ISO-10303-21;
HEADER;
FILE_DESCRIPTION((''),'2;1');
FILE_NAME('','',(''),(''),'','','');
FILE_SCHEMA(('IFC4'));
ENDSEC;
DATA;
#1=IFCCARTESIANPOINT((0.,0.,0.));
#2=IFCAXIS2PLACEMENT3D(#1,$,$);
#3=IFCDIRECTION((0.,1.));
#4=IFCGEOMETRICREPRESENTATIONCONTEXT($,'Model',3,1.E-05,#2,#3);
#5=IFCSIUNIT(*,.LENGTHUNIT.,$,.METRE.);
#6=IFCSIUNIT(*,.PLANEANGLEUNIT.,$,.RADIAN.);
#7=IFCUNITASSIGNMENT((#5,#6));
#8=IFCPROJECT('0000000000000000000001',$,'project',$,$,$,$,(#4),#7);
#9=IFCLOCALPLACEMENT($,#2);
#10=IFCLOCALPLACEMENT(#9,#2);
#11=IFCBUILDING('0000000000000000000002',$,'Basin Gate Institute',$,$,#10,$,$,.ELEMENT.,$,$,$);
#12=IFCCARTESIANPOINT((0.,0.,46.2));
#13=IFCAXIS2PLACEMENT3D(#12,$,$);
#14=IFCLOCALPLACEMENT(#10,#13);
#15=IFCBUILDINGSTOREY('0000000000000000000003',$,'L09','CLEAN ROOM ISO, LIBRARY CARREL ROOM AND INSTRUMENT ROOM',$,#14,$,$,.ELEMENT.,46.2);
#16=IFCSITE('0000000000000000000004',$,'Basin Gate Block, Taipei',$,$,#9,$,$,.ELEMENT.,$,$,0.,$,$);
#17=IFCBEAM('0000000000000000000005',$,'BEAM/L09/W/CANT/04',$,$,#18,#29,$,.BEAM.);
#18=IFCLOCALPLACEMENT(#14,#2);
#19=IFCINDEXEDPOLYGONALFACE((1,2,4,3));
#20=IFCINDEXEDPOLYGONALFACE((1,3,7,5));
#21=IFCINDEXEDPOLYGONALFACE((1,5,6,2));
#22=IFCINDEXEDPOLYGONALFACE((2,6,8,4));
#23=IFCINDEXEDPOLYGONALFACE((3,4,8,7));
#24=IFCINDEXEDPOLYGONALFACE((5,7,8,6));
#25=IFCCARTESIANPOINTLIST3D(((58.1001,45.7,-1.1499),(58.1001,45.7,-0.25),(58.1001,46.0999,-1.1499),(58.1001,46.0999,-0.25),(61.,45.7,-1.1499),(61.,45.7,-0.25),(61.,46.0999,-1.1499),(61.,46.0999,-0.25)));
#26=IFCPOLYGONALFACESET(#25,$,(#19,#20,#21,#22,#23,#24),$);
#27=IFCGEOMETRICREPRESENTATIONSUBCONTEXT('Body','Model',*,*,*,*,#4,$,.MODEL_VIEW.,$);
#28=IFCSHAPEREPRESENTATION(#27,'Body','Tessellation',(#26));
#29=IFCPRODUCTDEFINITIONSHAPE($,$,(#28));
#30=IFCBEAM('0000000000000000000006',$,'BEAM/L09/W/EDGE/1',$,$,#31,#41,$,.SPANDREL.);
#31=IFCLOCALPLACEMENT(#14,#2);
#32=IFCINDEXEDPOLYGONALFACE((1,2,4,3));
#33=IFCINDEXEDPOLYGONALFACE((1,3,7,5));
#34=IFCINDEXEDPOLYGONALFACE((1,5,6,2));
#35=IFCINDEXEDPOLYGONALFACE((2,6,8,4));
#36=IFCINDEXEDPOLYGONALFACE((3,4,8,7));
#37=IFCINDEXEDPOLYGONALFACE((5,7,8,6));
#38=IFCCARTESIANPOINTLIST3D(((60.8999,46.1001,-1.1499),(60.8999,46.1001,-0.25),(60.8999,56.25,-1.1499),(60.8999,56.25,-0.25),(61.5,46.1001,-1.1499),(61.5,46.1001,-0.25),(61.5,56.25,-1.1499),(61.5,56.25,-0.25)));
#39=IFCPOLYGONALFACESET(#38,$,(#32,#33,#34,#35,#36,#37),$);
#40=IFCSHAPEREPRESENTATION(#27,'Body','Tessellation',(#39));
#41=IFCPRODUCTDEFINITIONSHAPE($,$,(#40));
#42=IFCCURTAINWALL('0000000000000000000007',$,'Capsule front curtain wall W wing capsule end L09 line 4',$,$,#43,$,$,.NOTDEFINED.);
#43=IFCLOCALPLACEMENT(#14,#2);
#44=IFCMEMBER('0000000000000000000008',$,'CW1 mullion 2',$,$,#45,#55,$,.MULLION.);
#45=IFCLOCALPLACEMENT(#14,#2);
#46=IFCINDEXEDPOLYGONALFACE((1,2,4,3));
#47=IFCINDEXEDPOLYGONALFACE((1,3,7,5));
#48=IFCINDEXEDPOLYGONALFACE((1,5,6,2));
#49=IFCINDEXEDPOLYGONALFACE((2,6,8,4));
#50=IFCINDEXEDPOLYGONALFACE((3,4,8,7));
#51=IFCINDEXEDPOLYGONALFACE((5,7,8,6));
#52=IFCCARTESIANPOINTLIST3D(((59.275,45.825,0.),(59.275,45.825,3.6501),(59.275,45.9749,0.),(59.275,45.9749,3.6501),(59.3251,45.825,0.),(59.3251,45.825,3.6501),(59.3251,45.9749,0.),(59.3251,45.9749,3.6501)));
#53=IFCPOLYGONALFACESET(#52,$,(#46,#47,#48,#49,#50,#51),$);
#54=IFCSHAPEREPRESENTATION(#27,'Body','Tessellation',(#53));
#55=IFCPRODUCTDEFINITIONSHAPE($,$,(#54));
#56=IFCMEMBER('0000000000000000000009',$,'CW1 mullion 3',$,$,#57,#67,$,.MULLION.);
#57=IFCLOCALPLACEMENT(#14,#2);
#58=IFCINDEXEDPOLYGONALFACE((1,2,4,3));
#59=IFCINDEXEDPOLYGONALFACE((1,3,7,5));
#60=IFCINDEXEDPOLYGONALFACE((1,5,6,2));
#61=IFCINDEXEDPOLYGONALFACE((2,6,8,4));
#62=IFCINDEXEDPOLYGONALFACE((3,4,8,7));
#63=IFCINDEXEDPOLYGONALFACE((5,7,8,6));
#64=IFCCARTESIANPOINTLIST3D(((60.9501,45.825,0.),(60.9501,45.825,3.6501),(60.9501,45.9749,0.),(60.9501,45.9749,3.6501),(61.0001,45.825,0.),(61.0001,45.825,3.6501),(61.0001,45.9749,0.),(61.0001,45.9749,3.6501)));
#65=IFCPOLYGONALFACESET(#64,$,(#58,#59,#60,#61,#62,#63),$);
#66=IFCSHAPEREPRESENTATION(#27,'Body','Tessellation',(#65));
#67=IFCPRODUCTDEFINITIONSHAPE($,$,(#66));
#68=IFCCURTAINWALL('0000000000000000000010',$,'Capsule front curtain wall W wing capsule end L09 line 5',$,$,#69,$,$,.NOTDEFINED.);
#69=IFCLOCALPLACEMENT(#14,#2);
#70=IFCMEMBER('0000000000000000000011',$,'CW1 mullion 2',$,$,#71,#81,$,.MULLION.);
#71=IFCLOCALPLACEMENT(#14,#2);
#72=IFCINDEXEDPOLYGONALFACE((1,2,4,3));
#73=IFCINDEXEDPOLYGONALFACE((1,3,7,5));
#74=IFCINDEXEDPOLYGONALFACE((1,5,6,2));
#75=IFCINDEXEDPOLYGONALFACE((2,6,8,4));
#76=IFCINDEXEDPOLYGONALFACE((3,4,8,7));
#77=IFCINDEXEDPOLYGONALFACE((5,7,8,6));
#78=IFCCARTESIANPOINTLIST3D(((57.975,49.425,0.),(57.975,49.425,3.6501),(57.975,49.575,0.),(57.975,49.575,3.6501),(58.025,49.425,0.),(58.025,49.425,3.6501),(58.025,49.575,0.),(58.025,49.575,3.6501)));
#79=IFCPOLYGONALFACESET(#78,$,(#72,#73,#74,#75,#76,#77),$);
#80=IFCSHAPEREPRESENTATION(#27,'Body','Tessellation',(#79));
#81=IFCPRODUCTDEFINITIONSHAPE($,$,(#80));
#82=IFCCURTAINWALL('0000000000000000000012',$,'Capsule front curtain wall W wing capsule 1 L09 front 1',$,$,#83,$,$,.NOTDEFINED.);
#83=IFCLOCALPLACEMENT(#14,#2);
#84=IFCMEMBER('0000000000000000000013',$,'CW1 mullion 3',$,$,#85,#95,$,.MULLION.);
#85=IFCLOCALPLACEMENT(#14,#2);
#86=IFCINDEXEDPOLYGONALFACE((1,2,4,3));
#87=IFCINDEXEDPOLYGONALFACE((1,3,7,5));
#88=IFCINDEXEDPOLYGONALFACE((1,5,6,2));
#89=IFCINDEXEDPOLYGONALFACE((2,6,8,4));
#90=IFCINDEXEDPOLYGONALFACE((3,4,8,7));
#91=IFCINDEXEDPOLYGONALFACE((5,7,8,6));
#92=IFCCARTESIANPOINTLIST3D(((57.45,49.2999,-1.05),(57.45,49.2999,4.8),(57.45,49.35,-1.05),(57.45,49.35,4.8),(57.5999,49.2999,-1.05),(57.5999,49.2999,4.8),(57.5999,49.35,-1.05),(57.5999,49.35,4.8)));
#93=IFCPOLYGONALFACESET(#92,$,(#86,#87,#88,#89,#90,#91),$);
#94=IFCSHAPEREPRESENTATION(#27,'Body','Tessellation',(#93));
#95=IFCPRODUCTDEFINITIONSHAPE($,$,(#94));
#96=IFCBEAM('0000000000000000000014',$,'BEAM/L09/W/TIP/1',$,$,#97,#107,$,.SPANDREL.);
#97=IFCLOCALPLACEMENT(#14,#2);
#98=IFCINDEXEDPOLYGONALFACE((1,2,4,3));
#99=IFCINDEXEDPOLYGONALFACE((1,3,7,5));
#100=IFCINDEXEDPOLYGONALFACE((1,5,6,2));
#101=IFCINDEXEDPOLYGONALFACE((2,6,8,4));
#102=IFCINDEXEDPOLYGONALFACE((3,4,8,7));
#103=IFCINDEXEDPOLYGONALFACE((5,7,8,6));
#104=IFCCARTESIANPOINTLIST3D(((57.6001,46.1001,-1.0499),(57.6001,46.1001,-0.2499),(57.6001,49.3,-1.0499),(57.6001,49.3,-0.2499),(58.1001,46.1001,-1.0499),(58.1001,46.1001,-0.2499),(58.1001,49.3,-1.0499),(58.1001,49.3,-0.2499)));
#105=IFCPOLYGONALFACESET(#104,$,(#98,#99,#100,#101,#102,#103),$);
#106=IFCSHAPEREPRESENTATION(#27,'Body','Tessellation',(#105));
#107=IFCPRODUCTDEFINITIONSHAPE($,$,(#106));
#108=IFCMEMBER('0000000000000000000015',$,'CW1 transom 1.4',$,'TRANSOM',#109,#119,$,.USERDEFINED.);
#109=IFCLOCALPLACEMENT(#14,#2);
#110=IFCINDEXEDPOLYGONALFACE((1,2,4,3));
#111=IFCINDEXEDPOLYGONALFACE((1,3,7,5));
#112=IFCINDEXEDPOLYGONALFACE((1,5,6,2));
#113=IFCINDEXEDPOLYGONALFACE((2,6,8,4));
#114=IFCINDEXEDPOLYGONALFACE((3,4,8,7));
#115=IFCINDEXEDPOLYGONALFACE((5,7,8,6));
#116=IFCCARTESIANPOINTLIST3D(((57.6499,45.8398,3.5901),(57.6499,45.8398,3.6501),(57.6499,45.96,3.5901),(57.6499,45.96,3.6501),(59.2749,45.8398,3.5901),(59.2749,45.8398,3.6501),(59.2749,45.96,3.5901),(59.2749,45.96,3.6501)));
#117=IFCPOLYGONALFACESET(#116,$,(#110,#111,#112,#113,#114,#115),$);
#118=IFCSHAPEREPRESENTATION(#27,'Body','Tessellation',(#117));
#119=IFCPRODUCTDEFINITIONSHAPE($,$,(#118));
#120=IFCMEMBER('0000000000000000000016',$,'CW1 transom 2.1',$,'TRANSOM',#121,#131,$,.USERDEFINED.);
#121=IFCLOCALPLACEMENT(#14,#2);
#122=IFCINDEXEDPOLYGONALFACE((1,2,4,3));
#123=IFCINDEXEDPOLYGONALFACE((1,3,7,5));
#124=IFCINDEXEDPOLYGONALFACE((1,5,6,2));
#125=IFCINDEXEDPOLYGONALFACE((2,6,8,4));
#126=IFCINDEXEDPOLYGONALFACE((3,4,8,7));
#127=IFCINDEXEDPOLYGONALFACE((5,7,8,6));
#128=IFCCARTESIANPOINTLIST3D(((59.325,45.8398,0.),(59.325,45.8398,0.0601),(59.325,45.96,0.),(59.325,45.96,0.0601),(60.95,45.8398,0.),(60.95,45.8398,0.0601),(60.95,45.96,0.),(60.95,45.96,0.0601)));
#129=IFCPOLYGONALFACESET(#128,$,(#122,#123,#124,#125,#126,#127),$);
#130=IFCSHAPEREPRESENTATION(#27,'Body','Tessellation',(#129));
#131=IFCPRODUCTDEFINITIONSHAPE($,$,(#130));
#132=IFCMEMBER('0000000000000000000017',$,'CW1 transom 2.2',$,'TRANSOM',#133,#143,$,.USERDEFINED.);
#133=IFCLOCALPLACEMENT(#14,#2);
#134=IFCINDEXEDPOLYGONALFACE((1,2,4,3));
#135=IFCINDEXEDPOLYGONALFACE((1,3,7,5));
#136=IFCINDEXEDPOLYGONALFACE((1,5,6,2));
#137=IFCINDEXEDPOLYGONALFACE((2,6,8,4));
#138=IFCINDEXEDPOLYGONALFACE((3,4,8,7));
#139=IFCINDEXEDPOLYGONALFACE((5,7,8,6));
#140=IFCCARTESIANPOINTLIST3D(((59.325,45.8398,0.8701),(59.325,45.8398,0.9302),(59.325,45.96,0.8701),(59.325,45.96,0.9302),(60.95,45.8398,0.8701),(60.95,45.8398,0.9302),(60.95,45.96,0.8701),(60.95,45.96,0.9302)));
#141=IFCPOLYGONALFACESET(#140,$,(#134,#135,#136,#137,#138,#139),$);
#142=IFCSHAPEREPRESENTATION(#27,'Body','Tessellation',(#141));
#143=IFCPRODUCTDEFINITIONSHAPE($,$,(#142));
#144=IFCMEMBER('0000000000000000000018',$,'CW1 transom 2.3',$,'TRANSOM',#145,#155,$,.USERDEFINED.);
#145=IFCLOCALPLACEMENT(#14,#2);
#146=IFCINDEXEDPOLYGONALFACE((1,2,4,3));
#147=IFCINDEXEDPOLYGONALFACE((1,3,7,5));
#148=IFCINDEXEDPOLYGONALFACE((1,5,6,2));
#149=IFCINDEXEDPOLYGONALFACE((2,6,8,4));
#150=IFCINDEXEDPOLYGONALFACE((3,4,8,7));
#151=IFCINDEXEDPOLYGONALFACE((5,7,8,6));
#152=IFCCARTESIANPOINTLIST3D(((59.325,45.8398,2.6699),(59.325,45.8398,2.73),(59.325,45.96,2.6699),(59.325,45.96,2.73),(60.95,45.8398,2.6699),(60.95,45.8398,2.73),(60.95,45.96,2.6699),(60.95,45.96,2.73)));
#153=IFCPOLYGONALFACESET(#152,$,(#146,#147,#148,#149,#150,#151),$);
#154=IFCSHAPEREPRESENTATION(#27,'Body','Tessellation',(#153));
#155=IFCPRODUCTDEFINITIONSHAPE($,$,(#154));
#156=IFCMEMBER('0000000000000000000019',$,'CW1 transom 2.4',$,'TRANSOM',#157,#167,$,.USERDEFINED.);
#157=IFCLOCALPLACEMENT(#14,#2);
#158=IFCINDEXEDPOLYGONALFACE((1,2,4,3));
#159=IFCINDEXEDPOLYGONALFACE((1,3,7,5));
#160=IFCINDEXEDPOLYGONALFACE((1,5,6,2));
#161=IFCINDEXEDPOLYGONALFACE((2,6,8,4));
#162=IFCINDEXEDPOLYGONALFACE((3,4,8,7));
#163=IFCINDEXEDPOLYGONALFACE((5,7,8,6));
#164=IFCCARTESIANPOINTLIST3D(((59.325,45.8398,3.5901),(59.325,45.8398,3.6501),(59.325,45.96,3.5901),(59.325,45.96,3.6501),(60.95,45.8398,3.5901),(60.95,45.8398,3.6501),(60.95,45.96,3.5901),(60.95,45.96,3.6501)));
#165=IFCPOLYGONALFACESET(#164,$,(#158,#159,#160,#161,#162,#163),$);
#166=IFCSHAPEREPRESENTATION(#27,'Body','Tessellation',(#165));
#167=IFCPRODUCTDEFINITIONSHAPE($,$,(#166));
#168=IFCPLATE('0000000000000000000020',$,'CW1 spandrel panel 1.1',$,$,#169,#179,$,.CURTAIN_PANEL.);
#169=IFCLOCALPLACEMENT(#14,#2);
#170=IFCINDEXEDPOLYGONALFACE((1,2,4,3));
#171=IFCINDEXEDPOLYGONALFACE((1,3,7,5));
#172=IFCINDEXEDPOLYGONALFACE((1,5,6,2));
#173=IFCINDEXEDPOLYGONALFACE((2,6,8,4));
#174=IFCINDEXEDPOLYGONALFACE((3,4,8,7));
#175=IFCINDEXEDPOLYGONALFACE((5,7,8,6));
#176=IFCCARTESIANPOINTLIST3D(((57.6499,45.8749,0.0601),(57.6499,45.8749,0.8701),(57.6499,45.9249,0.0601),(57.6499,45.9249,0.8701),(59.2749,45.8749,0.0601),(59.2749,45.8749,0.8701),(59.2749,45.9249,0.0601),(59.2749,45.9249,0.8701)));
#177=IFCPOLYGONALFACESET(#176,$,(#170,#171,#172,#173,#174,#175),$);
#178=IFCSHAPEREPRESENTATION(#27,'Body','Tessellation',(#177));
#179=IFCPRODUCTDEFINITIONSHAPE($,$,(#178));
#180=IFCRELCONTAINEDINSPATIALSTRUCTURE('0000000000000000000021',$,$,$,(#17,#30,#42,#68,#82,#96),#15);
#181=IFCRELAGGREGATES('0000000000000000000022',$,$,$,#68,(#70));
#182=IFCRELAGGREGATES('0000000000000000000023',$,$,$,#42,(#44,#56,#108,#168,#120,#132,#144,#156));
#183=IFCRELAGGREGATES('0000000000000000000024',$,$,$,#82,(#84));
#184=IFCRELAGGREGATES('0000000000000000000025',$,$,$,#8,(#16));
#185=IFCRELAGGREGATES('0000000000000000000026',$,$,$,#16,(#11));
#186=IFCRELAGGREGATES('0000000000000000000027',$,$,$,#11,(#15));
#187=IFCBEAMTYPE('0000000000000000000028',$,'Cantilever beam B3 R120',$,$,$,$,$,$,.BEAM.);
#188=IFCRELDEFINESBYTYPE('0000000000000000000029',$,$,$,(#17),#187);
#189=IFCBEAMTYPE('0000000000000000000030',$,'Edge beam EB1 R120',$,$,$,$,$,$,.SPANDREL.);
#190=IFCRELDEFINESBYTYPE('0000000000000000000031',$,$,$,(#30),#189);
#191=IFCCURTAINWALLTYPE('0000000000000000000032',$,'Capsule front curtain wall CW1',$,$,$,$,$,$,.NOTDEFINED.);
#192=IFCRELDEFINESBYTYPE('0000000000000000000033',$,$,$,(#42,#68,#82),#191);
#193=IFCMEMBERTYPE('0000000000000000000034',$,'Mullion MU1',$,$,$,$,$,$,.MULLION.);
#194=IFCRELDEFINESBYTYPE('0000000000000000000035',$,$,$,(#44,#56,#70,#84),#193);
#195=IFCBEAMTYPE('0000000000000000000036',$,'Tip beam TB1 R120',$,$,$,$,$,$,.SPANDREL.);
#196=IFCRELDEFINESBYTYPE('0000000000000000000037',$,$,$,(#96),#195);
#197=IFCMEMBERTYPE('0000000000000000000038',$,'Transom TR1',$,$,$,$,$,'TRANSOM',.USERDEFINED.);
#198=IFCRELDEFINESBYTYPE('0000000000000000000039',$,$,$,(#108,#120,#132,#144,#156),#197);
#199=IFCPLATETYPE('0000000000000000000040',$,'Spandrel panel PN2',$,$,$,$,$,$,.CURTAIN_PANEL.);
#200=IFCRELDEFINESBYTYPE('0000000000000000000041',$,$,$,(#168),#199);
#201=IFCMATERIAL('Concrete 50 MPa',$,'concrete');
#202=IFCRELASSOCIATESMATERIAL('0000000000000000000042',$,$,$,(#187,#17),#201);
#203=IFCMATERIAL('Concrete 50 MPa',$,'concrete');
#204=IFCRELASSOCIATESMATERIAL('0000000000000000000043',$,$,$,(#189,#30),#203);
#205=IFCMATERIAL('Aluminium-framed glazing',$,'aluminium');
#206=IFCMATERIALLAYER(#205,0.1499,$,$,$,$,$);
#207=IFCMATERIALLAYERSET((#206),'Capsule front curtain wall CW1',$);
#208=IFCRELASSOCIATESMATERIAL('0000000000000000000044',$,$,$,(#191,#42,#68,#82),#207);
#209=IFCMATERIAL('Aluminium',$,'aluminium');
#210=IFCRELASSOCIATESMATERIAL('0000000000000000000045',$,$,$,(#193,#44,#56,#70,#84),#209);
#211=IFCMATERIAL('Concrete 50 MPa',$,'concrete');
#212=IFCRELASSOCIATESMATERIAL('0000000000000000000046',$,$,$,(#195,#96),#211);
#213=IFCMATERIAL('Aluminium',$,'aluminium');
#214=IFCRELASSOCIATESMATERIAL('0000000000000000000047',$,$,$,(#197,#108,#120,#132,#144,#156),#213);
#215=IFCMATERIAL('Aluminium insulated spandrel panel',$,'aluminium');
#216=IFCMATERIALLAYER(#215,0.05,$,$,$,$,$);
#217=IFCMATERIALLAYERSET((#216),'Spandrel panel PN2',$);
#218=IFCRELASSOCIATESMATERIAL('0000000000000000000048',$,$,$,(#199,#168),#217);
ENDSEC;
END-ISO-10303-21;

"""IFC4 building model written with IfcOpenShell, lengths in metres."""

from ifc_helpers import new_model, si_unit, direction, frame, origin, origin_2d, place, context, subcontext, project, spatial, rectangle, extrude, material, layer, layer_set, material_profile, profile_set, type_object, element, aggregate, save


model = new_model("IFC4")

# Units and contexts
model_context = context("Model", 3, precision=1e-05, world=origin(), true_north=direction((0.0, 1.0)))
body_context = subcontext(model_context, "Body", "Model", "MODEL_VIEW")
ifc_project = project(units=[si_unit("LENGTHUNIT", "METRE"), si_unit("PLANEANGLEUNIT", "RADIAN")], contexts=[model_context])

# Site, building, storey
site_placement = place(None, origin())
site = spatial("IfcSite", under=ifc_project, at=site_placement, Name="Basin Gate Block, Taipei", CompositionType="ELEMENT", RefElevation=0.0)
building_placement = place(site_placement, origin())
building = spatial("IfcBuilding", under=site, at=building_placement, Name="Basin Gate Institute", CompositionType="ELEMENT")
storey_placement = place(building_placement, frame((0.0, 0.0, 46.2)))
storey = spatial("IfcBuildingStorey", under=building, at=storey_placement, Name="L09", Description="CLEAN ROOM ISO, LIBRARY CARREL ROOM AND INSTRUMENT ROOM", CompositionType="ELEMENT", Elevation=46.2)

# Beams
ifc_material_1 = material(Name="Concrete 50 MPa", Category="concrete")
ifc_material_profile_1 = material_profile(ifc_material_1, rectangle(XDim=0.3999, YDim=0.8999, at=origin_2d()), Name="Cantilever beam B3 400 x 900")
ifc_profile_set_1 = profile_set([ifc_material_profile_1], Name="Concrete 50 MPa")
beam_type_1 = type_object("IfcBeamType", Name="Cantilever beam B3 R120", PredefinedType="BEAM", material=ifc_profile_set_1)
beam_1_placement = place(storey_placement, frame((58.1001, 45.8999, -0.7), z_axis=(1.0, 0.0, 0.0), x_axis=(0.0, 1.0, 0.0)))
element("IfcBeam", 1, at=beam_1_placement, inside=storey, type_object=beam_type_1, material=ifc_profile_set_1, Name="BEAM/L09/W/CANT/04", PredefinedType="BEAM", context=body_context, shape_type="SweptSolid", body=[
    extrude(rectangle(XDim=0.3999, YDim=0.8999, at=origin_2d()), origin(), (0.0, 0.0, 1.0), 2.8999),
])
ifc_material_2 = material(Name="Concrete 50 MPa", Category="concrete")
ifc_material_profile_2 = material_profile(ifc_material_2, rectangle(XDim=0.6001, YDim=0.8999, at=origin_2d()), Name="Edge beam EB1 600 x 900")
ifc_profile_set_2 = profile_set([ifc_material_profile_2], Name="Concrete 50 MPa")
beam_type_2 = type_object("IfcBeamType", Name="Edge beam EB1 R120", PredefinedType="SPANDREL", material=ifc_profile_set_2)
beam_2_placement = place(storey_placement, frame((61.2, 46.1001, -0.7), z_axis=(0.0, 1.0, 0.0), x_axis=(-1.0, 0.0, 0.0)))
element("IfcBeam", 2, at=beam_2_placement, inside=storey, type_object=beam_type_2, material=ifc_profile_set_2, Name="BEAM/L09/W/EDGE/1", PredefinedType="SPANDREL", context=body_context, shape_type="SweptSolid", body=[
    extrude(rectangle(XDim=0.6001, YDim=0.8999, at=origin_2d()), origin(), (0.0, 0.0, 1.0), 10.1499),
])

# Curtain wall, members
ifc_material_3 = material(Name="Aluminium-framed glazing", Category="aluminium")
ifc_layer_1 = layer(ifc_material_3, 0.1499)
ifc_layer_set_1 = layer_set([ifc_layer_1], Name="Capsule front curtain wall CW1")
curtain_wall_type = type_object("IfcCurtainWallType", Name="Capsule front curtain wall CW1", PredefinedType="NOTDEFINED", material=ifc_layer_set_1)
curtain_wall_1_placement = place(storey_placement, origin())
curtain_wall_1 = element("IfcCurtainWall", 3, at=curtain_wall_1_placement, inside=storey, type_object=curtain_wall_type, material=ifc_layer_set_1, Name="Capsule front curtain wall W wing capsule end L09 line 4", PredefinedType="NOTDEFINED")
ifc_material_4 = material(Name="Aluminium", Category="aluminium")
ifc_material_profile_3 = material_profile(ifc_material_4, rectangle(XDim=0.1499, YDim=0.05, at=origin_2d()), Name="Mullion MU1 150 x 50")
ifc_profile_set_3 = profile_set([ifc_material_profile_3], Name="Aluminium")
member_type_1 = type_object("IfcMemberType", Name="Mullion MU1", PredefinedType="MULLION", material=ifc_profile_set_3)
member_1_placement = place(storey_placement, frame((59.3, 45.8999, 0.0), z_axis=(0.0, 0.0, 1.0), x_axis=(0.0, 1.0, 0.0)))
member_1 = element("IfcMember", 4, at=member_1_placement, type_object=member_type_1, material=ifc_profile_set_3, Name="CW1 mullion 2", PredefinedType="MULLION", context=body_context, shape_type="SweptSolid", body=[
    extrude(rectangle(XDim=0.1499, YDim=0.05, at=origin_2d()), origin(), (0.0, 0.0, 1.0), 3.6501),
])
member_2_placement = place(storey_placement, frame((60.9751, 45.8999, 0.0), z_axis=(0.0, 0.0, 1.0), x_axis=(0.0, 1.0, 0.0)))
member_2 = element("IfcMember", 5, at=member_2_placement, type_object=member_type_1, material=ifc_profile_set_3, Name="CW1 mullion 3", PredefinedType="MULLION", context=body_context, shape_type="SweptSolid", body=[
    extrude(rectangle(XDim=0.1499, YDim=0.05, at=origin_2d()), origin(), (0.0, 0.0, 1.0), 3.6501),
])

# Curtain walls, members
curtain_wall_2_placement = place(storey_placement, origin())
curtain_wall_2 = element("IfcCurtainWall", 6, at=curtain_wall_2_placement, inside=storey, type_object=curtain_wall_type, material=ifc_layer_set_1, Name="Capsule front curtain wall W wing capsule end L09 line 5", PredefinedType="NOTDEFINED")
member_3_placement = place(storey_placement, frame((58.0, 49.5, 0.0), z_axis=(0.0, 0.0, 1.0), x_axis=(0.0, 1.0, 0.0)))
member_3 = element("IfcMember", 7, at=member_3_placement, type_object=member_type_1, material=ifc_profile_set_3, Name="CW1 mullion 2", PredefinedType="MULLION", context=body_context, shape_type="SweptSolid", body=[
    extrude(rectangle(XDim=0.1499, YDim=0.05, at=origin_2d()), origin(), (0.0, 0.0, 1.0), 3.6501),
])
aggregate(curtain_wall_2, [member_3])
curtain_wall_3_placement = place(storey_placement, origin())
curtain_wall_3 = element("IfcCurtainWall", 8, at=curtain_wall_3_placement, inside=storey, type_object=curtain_wall_type, material=ifc_layer_set_1, Name="Capsule front curtain wall W wing capsule 1 L09 front 1", PredefinedType="NOTDEFINED")
member_4_placement = place(storey_placement, frame((57.5249, 49.325, -1.05), z_axis=(0.0, 0.0, 1.0), x_axis=(-1.0, 0.0, 0.0)))
member_4 = element("IfcMember", 9, at=member_4_placement, type_object=member_type_1, material=ifc_profile_set_3, Name="CW1 mullion 3", PredefinedType="MULLION", context=body_context, shape_type="SweptSolid", body=[
    extrude(rectangle(XDim=0.1499, YDim=0.05, at=origin_2d()), origin(), (0.0, 0.0, 1.0), 5.8501),
])

# Beam
ifc_material_5 = material(Name="Concrete 50 MPa", Category="concrete")
ifc_material_profile_4 = material_profile(ifc_material_5, rectangle(XDim=0.5, YDim=0.8, at=origin_2d()), Name="Tip beam TB1 500 x 800")
ifc_profile_set_4 = profile_set([ifc_material_profile_4], Name="Concrete 50 MPa")
beam_type_3 = type_object("IfcBeamType", Name="Tip beam TB1 R120", PredefinedType="SPANDREL", material=ifc_profile_set_4)
beam_3_placement = place(storey_placement, frame((57.8501, 46.1001, -0.6499), z_axis=(0.0, 1.0, 0.0), x_axis=(-1.0, 0.0, 0.0)))
element("IfcBeam", 10, at=beam_3_placement, inside=storey, type_object=beam_type_3, material=ifc_profile_set_4, Name="BEAM/L09/W/TIP/1", PredefinedType="SPANDREL", context=body_context, shape_type="SweptSolid", body=[
    extrude(rectangle(XDim=0.5, YDim=0.8, at=origin_2d()), origin(), (0.0, 0.0, 1.0), 3.2),
])

# Members
ifc_material_6 = material(Name="Aluminium", Category="aluminium")
ifc_material_profile_5 = material_profile(ifc_material_6, rectangle(XDim=0.1201, YDim=0.0601, at=origin_2d()), Name="Transom TR1 120 x 60")
ifc_profile_set_5 = profile_set([ifc_material_profile_5], Name="Aluminium")
member_type_2 = type_object("IfcMemberType", Name="Transom TR1", ElementType="TRANSOM", PredefinedType="USERDEFINED", material=ifc_profile_set_5)
member_5_placement = place(storey_placement, frame((57.6499, 45.8999, 3.6201), z_axis=(1.0, 0.0, 0.0), x_axis=(0.0, 1.0, 0.0)))
member_5 = element("IfcMember", 11, at=member_5_placement, type_object=member_type_2, material=ifc_profile_set_5, Name="CW1 transom 1.4", ObjectType="TRANSOM", PredefinedType="USERDEFINED", context=body_context, shape_type="SweptSolid", body=[
    extrude(rectangle(XDim=0.1201, YDim=0.0601, at=origin_2d()), origin(), (0.0, 0.0, 1.0), 1.625),
])
member_6_placement = place(storey_placement, frame((59.325, 45.8999, 0.03), z_axis=(1.0, 0.0, 0.0), x_axis=(0.0, 1.0, 0.0)))
member_6 = element("IfcMember", 12, at=member_6_placement, type_object=member_type_2, material=ifc_profile_set_5, Name="CW1 transom 2.1", ObjectType="TRANSOM", PredefinedType="USERDEFINED", context=body_context, shape_type="SweptSolid", body=[
    extrude(rectangle(XDim=0.1201, YDim=0.0601, at=origin_2d()), origin(), (0.0, 0.0, 1.0), 1.625),
])
member_7_placement = place(storey_placement, frame((59.325, 45.8999, 0.9001), z_axis=(1.0, 0.0, 0.0), x_axis=(0.0, 1.0, 0.0)))
member_7 = element("IfcMember", 13, at=member_7_placement, type_object=member_type_2, material=ifc_profile_set_5, Name="CW1 transom 2.2", ObjectType="TRANSOM", PredefinedType="USERDEFINED", context=body_context, shape_type="SweptSolid", body=[
    extrude(rectangle(XDim=0.1201, YDim=0.0601, at=origin_2d()), origin(), (0.0, 0.0, 1.0), 1.625),
])
member_8_placement = place(storey_placement, frame((59.325, 45.8999, 2.7), z_axis=(1.0, 0.0, 0.0), x_axis=(0.0, 1.0, 0.0)))
member_8 = element("IfcMember", 14, at=member_8_placement, type_object=member_type_2, material=ifc_profile_set_5, Name="CW1 transom 2.3", ObjectType="TRANSOM", PredefinedType="USERDEFINED", context=body_context, shape_type="SweptSolid", body=[
    extrude(rectangle(XDim=0.1201, YDim=0.0601, at=origin_2d()), origin(), (0.0, 0.0, 1.0), 1.625),
])
member_9_placement = place(storey_placement, frame((59.325, 45.8999, 3.6201), z_axis=(1.0, 0.0, 0.0), x_axis=(0.0, 1.0, 0.0)))
member_9 = element("IfcMember", 15, at=member_9_placement, type_object=member_type_2, material=ifc_profile_set_5, Name="CW1 transom 2.4", ObjectType="TRANSOM", PredefinedType="USERDEFINED", context=body_context, shape_type="SweptSolid", body=[
    extrude(rectangle(XDim=0.1201, YDim=0.0601, at=origin_2d()), origin(), (0.0, 0.0, 1.0), 1.625),
])

# Plate
ifc_material_7 = material(Name="Aluminium insulated spandrel panel", Category="aluminium")
ifc_layer_2 = layer(ifc_material_7, 0.05)
ifc_layer_set_2 = layer_set([ifc_layer_2], Name="Spandrel panel PN2")
plate_type_1 = type_object("IfcPlateType", Name="Spandrel panel PN2", PredefinedType="CURTAIN_PANEL", material=ifc_layer_set_2)
plate_1_placement = place(storey_placement, frame((58.4624, 45.8999, 0.0601), z_axis=(0.0, 0.0, 1.0), x_axis=(1.0, 0.0, 0.0)))
plate_1 = element("IfcPlate", 16, at=plate_1_placement, type_object=plate_type_1, material=ifc_layer_set_2, Name="CW1 spandrel panel 1.1", PredefinedType="CURTAIN_PANEL", context=body_context, shape_type="SweptSolid", body=[
    extrude(rectangle(XDim=1.625, YDim=0.05, at=origin_2d()), origin(), (0.0, 0.0, 1.0), 0.8101),
])
aggregate(curtain_wall_1, [member_1, member_2, member_5, plate_1, member_6, member_7, member_8, member_9])
aggregate(curtain_wall_3, [member_4])

save(model, "model.ifc")
